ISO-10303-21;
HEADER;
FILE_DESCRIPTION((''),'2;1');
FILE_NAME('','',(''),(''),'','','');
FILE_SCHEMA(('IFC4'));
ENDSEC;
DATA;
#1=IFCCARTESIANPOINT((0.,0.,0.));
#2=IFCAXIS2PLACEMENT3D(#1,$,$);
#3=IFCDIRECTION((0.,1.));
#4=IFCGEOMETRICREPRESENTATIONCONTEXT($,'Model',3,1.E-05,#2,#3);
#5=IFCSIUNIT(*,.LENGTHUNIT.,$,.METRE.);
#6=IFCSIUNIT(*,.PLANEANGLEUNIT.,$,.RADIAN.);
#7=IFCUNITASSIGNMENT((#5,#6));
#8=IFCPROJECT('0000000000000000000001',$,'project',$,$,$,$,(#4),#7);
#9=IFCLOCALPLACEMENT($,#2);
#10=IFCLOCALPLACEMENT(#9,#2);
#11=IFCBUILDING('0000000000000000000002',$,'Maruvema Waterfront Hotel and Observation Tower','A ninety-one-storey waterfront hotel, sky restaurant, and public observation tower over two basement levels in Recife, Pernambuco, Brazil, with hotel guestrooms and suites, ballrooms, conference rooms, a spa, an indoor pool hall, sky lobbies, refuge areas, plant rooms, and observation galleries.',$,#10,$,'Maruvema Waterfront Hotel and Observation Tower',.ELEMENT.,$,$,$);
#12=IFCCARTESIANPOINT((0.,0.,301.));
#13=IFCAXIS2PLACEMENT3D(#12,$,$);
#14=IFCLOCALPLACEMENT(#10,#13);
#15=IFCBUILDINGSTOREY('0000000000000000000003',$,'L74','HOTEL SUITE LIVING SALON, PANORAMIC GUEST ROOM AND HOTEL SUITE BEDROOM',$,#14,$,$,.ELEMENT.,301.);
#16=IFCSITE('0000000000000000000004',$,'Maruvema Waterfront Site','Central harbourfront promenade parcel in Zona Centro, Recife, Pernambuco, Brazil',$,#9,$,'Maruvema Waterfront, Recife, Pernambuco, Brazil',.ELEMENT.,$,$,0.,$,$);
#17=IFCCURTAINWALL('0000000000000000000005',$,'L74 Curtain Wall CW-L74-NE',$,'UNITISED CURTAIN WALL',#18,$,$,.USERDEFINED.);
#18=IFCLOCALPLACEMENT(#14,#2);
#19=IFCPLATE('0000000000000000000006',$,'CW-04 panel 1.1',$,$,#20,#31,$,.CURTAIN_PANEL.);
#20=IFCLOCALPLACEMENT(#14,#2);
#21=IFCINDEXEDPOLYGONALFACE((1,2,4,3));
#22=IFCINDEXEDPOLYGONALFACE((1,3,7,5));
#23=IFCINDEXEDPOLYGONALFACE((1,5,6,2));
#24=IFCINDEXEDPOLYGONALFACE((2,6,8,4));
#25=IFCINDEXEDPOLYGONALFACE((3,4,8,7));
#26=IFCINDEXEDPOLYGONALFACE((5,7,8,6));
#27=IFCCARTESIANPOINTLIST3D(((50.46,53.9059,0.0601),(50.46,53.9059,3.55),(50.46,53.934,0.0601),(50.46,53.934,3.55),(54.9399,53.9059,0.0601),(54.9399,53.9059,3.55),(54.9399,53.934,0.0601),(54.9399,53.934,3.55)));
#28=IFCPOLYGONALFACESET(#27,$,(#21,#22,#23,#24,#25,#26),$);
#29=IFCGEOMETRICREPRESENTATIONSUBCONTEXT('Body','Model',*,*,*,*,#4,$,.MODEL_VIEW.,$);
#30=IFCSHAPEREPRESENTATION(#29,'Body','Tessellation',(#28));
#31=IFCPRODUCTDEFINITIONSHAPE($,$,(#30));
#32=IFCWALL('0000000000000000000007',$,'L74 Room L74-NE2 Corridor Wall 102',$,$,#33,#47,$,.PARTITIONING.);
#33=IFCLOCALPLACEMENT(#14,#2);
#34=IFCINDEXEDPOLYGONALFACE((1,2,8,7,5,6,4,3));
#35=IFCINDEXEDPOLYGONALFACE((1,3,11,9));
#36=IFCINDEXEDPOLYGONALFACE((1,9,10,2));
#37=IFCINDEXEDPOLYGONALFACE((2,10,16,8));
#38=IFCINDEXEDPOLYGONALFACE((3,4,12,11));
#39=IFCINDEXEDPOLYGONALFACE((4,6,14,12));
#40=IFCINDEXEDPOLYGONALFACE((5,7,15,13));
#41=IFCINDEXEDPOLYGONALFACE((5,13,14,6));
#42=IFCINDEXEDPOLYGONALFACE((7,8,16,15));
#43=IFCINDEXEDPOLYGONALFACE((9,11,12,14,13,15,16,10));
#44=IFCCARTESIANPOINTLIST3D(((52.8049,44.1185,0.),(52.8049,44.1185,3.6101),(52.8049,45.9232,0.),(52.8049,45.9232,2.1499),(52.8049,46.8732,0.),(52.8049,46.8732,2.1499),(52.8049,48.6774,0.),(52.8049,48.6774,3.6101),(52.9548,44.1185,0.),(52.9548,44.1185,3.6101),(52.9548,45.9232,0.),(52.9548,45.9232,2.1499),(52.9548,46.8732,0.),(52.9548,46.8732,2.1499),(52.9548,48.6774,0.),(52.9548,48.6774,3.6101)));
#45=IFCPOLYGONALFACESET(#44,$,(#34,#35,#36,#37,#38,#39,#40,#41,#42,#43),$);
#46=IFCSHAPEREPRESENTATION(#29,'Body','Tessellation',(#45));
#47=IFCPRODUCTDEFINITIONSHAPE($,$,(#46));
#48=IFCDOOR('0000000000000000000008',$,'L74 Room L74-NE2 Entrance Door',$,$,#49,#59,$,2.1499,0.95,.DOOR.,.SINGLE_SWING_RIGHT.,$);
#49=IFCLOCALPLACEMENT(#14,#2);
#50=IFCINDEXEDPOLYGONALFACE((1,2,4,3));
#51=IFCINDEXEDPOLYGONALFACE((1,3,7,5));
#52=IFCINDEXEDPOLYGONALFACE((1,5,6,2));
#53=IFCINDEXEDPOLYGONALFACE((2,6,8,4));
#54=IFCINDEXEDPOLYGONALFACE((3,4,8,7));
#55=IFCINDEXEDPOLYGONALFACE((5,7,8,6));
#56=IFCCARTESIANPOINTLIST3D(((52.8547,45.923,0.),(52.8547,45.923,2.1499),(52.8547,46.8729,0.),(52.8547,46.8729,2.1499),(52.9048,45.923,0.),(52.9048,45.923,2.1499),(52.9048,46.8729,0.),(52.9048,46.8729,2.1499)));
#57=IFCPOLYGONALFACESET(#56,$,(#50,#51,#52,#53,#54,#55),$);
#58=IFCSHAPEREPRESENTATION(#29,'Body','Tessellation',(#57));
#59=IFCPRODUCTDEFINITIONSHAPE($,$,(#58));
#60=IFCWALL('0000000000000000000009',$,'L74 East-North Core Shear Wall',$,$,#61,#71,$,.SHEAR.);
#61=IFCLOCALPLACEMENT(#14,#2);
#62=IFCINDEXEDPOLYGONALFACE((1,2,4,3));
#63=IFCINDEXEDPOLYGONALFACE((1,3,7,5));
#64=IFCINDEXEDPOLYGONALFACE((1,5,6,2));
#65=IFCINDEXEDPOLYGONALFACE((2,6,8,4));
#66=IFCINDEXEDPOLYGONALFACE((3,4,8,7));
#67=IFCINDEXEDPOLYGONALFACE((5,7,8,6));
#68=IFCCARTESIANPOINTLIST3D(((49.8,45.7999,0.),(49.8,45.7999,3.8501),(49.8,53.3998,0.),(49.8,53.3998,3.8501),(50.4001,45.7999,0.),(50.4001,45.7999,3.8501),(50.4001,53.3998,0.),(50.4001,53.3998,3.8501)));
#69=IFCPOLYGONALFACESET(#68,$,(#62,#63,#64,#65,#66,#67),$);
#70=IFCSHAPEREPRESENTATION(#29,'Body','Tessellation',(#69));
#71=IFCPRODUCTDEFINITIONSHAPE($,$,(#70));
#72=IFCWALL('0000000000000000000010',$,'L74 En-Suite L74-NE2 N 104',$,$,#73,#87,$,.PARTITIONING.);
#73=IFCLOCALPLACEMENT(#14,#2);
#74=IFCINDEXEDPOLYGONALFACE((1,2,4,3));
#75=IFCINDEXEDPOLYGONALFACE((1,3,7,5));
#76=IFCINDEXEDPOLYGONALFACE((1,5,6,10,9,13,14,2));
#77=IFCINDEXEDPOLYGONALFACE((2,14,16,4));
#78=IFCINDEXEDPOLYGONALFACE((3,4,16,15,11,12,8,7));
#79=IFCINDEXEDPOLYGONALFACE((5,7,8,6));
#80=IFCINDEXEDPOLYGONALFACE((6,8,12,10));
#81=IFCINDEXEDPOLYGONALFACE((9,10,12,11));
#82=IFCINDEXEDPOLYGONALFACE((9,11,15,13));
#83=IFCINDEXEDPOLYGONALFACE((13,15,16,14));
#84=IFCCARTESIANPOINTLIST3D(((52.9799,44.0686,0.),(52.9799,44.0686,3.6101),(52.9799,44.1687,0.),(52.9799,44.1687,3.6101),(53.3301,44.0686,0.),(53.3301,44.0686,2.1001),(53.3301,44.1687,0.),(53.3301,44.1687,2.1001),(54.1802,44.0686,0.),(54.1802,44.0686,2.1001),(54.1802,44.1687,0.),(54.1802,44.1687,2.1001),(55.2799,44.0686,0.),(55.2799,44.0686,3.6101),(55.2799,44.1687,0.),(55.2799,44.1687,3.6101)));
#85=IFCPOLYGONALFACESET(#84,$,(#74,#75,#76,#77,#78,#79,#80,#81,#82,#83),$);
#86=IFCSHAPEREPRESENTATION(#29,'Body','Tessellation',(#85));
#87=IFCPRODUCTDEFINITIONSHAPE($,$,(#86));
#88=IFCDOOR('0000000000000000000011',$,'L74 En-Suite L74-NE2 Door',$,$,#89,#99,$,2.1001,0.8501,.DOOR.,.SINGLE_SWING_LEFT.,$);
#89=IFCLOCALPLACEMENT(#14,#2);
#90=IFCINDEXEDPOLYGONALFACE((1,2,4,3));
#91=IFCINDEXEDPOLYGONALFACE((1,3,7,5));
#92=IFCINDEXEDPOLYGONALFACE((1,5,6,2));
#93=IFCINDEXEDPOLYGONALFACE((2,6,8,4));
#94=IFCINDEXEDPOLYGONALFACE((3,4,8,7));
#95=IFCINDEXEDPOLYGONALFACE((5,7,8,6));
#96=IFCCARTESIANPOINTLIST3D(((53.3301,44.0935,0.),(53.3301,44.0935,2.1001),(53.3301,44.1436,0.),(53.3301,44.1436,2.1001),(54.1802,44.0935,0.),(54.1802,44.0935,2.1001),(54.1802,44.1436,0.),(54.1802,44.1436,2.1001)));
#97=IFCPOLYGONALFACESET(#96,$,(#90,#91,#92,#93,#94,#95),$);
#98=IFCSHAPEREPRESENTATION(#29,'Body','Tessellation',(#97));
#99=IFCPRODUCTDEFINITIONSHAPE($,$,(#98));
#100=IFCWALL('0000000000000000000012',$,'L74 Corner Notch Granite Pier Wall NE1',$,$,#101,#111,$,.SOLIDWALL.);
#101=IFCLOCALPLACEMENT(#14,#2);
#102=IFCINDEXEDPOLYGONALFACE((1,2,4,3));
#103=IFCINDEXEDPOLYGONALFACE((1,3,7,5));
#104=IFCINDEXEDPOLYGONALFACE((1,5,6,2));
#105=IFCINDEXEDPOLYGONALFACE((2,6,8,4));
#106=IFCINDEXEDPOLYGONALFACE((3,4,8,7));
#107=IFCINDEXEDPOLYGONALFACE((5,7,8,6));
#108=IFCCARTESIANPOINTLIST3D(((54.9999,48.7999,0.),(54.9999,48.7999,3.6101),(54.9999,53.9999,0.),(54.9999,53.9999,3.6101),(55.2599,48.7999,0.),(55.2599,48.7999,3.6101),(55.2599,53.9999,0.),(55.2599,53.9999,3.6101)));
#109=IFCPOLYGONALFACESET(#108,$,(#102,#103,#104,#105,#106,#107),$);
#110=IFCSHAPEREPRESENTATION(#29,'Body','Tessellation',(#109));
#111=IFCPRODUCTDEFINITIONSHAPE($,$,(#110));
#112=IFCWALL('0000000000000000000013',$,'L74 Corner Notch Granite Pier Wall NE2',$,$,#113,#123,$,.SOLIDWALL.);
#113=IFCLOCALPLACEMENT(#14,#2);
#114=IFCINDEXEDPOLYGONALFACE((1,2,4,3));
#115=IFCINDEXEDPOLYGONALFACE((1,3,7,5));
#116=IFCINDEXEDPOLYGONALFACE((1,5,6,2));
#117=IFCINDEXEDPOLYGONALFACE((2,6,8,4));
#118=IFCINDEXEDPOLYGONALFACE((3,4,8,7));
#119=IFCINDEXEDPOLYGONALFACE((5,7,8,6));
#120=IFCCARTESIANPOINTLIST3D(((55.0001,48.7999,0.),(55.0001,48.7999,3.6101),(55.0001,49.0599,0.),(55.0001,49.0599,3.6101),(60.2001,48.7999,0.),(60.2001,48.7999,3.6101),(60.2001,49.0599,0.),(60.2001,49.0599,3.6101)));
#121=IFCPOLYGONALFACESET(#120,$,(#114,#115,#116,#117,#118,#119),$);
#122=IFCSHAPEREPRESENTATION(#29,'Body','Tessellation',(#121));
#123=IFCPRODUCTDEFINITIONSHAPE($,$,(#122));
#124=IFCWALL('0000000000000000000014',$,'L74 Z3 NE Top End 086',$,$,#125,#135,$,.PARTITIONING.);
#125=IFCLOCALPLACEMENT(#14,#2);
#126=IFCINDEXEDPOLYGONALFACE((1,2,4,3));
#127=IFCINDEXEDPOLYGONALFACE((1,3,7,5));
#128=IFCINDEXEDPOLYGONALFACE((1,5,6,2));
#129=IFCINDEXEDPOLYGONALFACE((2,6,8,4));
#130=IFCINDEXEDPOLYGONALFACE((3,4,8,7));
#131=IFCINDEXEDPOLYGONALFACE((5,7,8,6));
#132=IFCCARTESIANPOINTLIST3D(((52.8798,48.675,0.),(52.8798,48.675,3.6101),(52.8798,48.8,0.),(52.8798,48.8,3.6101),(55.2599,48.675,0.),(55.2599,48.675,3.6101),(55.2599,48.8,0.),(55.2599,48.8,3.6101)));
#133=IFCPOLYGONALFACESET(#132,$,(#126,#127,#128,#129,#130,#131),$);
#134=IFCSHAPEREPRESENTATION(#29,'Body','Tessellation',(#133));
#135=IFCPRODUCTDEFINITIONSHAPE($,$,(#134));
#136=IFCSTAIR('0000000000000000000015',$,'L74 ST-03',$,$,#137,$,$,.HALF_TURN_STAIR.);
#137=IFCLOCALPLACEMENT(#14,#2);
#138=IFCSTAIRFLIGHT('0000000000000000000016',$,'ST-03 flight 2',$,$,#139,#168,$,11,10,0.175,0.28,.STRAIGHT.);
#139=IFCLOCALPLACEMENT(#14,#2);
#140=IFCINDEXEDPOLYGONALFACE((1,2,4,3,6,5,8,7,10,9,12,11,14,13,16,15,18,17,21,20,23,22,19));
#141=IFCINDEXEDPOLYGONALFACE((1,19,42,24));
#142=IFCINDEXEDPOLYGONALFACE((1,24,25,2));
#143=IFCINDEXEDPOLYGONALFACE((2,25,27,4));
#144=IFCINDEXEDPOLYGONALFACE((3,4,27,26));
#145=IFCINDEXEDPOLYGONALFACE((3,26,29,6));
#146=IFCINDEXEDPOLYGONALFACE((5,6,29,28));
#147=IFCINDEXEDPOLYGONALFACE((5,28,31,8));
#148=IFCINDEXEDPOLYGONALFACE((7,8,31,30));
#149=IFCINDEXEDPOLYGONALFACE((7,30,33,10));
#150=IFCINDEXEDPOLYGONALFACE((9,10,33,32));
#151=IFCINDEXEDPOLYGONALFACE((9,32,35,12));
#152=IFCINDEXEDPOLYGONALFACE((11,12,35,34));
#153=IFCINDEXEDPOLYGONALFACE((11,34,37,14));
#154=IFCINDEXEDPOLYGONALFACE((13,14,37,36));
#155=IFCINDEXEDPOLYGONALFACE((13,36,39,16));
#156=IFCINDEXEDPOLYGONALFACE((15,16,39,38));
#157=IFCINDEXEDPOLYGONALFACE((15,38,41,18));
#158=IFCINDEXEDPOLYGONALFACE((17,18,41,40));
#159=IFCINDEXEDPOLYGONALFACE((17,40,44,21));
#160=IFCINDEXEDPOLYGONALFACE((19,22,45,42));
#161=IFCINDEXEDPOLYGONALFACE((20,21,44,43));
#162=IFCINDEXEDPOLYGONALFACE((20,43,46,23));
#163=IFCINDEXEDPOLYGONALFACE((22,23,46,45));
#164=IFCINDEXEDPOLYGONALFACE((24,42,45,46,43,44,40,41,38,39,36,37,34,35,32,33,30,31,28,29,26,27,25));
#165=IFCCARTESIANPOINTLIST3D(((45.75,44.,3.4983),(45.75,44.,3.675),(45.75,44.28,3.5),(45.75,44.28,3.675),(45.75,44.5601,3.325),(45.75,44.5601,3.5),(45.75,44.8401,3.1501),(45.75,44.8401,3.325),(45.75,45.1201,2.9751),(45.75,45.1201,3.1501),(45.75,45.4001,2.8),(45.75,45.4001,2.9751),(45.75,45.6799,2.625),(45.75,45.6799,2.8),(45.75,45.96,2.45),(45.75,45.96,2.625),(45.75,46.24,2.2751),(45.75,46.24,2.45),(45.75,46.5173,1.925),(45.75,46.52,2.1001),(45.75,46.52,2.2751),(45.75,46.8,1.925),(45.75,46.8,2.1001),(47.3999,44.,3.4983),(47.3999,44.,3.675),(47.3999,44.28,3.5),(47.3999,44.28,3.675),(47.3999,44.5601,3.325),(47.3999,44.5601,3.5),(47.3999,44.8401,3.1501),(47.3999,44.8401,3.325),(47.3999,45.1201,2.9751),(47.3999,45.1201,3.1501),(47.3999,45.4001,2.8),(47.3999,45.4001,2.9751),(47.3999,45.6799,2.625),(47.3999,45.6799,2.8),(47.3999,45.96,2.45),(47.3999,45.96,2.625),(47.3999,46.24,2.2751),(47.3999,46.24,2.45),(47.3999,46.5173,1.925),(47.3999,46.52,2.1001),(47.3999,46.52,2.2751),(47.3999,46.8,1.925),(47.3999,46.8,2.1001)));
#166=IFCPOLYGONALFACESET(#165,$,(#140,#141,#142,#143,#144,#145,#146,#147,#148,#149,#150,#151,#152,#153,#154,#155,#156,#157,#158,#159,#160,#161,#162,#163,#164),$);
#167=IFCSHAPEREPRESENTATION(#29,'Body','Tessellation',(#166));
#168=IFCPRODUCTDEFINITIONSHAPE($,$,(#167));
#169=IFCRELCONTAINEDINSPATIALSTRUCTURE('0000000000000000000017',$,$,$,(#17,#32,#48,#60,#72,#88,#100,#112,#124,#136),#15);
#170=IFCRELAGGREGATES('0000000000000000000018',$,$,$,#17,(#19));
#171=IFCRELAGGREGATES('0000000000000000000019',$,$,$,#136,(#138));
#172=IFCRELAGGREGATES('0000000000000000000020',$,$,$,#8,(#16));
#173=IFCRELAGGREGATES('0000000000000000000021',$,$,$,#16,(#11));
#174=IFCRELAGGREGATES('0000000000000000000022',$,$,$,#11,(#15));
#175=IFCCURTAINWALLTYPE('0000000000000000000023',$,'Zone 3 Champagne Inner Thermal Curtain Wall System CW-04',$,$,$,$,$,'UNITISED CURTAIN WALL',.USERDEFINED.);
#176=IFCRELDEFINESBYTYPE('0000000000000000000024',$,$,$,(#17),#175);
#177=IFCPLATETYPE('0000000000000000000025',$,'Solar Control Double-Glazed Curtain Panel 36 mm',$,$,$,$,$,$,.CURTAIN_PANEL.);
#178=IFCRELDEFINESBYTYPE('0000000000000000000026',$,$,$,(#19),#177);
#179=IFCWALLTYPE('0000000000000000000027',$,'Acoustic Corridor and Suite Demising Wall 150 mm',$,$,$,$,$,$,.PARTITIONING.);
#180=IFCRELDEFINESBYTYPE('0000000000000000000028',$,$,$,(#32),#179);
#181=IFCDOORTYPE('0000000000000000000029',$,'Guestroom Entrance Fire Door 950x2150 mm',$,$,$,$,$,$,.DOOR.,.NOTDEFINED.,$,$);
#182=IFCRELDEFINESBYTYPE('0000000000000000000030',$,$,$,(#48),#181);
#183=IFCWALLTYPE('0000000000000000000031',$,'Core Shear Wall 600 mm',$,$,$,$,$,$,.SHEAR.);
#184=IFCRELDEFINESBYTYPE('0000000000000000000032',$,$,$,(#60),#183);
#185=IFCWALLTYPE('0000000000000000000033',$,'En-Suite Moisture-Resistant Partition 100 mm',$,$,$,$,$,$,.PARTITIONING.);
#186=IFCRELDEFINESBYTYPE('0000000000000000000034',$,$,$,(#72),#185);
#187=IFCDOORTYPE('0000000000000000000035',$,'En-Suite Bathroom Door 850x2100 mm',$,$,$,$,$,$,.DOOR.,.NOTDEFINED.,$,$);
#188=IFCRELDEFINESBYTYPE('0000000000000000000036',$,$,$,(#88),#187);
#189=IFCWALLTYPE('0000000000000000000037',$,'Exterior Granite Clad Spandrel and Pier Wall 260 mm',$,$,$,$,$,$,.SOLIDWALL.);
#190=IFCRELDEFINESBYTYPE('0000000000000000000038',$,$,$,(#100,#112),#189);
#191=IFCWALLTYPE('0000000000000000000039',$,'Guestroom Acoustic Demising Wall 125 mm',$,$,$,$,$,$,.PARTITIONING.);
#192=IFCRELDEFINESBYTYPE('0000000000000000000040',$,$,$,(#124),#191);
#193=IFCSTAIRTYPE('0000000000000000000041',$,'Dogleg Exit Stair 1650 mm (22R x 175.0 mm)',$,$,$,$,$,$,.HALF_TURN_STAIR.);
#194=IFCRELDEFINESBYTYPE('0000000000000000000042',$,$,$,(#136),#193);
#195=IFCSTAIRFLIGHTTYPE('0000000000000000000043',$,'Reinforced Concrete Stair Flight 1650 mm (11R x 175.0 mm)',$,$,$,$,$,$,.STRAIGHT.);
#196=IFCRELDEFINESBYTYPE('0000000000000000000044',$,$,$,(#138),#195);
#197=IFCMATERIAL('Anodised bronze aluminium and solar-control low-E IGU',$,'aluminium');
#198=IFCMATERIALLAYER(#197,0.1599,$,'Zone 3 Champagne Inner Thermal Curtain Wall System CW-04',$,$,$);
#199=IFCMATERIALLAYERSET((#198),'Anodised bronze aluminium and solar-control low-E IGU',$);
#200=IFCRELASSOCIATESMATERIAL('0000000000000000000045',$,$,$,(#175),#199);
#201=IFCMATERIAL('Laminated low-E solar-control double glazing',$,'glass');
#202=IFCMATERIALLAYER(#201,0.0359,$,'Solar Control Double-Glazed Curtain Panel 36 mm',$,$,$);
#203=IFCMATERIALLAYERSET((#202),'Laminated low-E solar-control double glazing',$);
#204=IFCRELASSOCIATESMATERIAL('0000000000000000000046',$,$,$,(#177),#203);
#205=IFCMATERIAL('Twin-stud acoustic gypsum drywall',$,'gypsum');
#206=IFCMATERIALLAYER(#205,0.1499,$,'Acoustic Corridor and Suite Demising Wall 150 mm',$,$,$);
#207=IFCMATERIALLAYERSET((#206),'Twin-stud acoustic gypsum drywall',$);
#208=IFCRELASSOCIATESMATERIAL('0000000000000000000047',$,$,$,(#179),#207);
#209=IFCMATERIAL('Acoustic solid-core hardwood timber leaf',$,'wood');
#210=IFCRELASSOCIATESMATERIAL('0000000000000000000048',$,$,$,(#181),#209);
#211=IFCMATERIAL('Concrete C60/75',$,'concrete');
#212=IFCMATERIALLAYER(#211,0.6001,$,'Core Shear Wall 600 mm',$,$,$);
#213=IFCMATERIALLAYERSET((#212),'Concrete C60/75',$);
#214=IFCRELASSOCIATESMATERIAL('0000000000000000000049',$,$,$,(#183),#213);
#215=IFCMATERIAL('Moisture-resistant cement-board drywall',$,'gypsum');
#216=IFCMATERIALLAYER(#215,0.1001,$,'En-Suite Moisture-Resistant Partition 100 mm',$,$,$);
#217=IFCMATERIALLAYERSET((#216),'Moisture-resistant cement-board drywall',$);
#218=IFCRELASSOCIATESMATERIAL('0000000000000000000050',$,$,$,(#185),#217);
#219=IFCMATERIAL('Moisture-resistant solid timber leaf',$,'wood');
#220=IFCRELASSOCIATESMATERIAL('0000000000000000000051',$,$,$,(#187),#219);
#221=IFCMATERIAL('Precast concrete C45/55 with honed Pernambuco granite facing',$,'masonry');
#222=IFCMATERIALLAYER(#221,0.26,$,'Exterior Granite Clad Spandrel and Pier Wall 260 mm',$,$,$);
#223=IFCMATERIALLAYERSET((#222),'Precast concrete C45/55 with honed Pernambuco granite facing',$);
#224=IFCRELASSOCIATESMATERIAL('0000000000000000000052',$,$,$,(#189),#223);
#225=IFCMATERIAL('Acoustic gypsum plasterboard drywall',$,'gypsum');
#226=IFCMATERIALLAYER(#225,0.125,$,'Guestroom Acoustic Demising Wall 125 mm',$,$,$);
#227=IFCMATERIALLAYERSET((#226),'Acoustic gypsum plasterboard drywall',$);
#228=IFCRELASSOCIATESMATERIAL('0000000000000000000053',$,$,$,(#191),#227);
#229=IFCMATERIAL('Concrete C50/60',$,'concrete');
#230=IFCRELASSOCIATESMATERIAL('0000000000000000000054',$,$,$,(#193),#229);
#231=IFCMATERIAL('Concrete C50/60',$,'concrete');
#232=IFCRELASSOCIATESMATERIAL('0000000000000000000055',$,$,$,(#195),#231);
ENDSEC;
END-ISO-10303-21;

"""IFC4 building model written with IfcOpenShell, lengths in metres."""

from ifc_helpers import new_model, si_unit, direction, frame, frame_2d, origin, origin_2d, place, context, subcontext, project, spatial, polyline, rectangle, outline, extrude, material, layer, layer_set, type_object, element, fill, aggregate, save


model = new_model("IFC4")

# Units and contexts
model_context = context("Model", 3, precision=1e-05, world=origin(), true_north=direction((0.0, 1.0)))
body_context = subcontext(model_context, "Body", "Model", "MODEL_VIEW")
ifc_project = project(units=[si_unit("LENGTHUNIT", "METRE"), si_unit("PLANEANGLEUNIT", "RADIAN")], contexts=[model_context])

# Site, building, storey
site_placement = place(None, origin())
site = spatial("IfcSite", under=ifc_project, at=site_placement, Name="Maruvema Waterfront Site", Description="Central harbourfront promenade parcel in Zona Centro, Recife, Pernambuco, Brazil", LongName="Maruvema Waterfront, Recife, Pernambuco, Brazil", CompositionType="ELEMENT", RefElevation=0.0)
building_placement = place(site_placement, origin())
building = spatial("IfcBuilding", under=site, at=building_placement, Name="Maruvema Waterfront Hotel and Observation Tower", Description="A ninety-one-storey waterfront hotel, sky restaurant, and public observation tower over two basement levels in Recife, Pernambuco, Brazil, with hotel guestrooms and suites, ballrooms, conference rooms, a spa, an indoor pool hall, sky lobbies, refuge areas, plant rooms, and observation galleries.", LongName="Maruvema Waterfront Hotel and Observation Tower", CompositionType="ELEMENT")
storey_placement = place(building_placement, frame((0.0, 0.0, 301.0)))
storey = spatial("IfcBuildingStorey", under=building, at=storey_placement, Name="L74", Description="HOTEL SUITE LIVING SALON, PANORAMIC GUEST ROOM AND HOTEL SUITE BEDROOM", CompositionType="ELEMENT", Elevation=301.0)

# Curtain wall
ifc_material_1 = material(Name="Anodised bronze aluminium and solar-control low-E IGU", Category="aluminium")
ifc_layer_1 = layer(ifc_material_1, 0.1599, Name="Zone 3 Champagne Inner Thermal Curtain Wall System CW-04")
ifc_layer_set_1 = layer_set([ifc_layer_1], Name="Anodised bronze aluminium and solar-control low-E IGU")
curtain_wall_type = type_object("IfcCurtainWallType", Name="Zone 3 Champagne Inner Thermal Curtain Wall System CW-04", ElementType="UNITISED CURTAIN WALL", PredefinedType="USERDEFINED", material=ifc_layer_set_1)
curtain_wall_1_placement = place(storey_placement, origin())
curtain_wall_1 = element("IfcCurtainWall", 1, at=curtain_wall_1_placement, inside=storey, type_object=curtain_wall_type, Name="L74 Curtain Wall CW-L74-NE", ObjectType="UNITISED CURTAIN WALL", PredefinedType="USERDEFINED")

# Plate
ifc_material_2 = material(Name="Laminated low-E solar-control double glazing", Category="glass")
ifc_layer_2 = layer(ifc_material_2, 0.0359, Name="Solar Control Double-Glazed Curtain Panel 36 mm")
ifc_layer_set_2 = layer_set([ifc_layer_2], Name="Laminated low-E solar-control double glazing")
plate_type = type_object("IfcPlateType", Name="Solar Control Double-Glazed Curtain Panel 36 mm", PredefinedType="CURTAIN_PANEL", material=ifc_layer_set_2)
plate_1_placement = place(storey_placement, frame((52.7, 53.9199, 0.0601), z_axis=(0.0, 0.0, 1.0), x_axis=(-1.0, 0.0, 0.0)))
plate_1 = element("IfcPlate", 2, at=plate_1_placement, type_object=plate_type, Name="CW-04 panel 1.1", PredefinedType="CURTAIN_PANEL", context=body_context, shape_type="SweptSolid", body=[
    extrude(rectangle(XDim=4.48, YDim=0.0281, at=origin_2d()), origin(), (0.0, 0.0, 1.0), 3.49),
])
aggregate(curtain_wall_1, [plate_1])

# Wall, opening, door
ifc_material_3 = material(Name="Twin-stud acoustic gypsum drywall", Category="gypsum")
ifc_layer_3 = layer(ifc_material_3, 0.1499, Name="Acoustic Corridor and Suite Demising Wall 150 mm")
ifc_layer_set_3 = layer_set([ifc_layer_3], Name="Twin-stud acoustic gypsum drywall")
wall_type_1 = type_object("IfcWallType", Name="Acoustic Corridor and Suite Demising Wall 150 mm", PredefinedType="PARTITIONING", material=ifc_layer_set_3)
wall_1_placement = place(storey_placement, frame((52.8799, 44.1187, 0.0), z_axis=(0.0, 0.0, 1.0), x_axis=(0.0, 1.0, 0.0)))
wall_1 = element("IfcWall", 3, at=wall_1_placement, inside=storey, type_object=wall_type_1, Name="L74 Room L74-NE2 Corridor Wall 102", PredefinedType="PARTITIONING", context=body_context, shape_type="SweptSolid", body=[
    extrude(rectangle(XDim=4.5588, YDim=0.1499, at=frame_2d((2.2793, 0.0))), origin(), (0.0, 0.0, 1.0), 3.6101),
])
opening_1_placement = place(wall_1_placement, frame((1.8044, 0.0, 0.0)))
opening_1 = element("IfcOpeningElement", 4, at=opening_1_placement, cuts=wall_1, PredefinedType="OPENING", context=body_context, shape_type="SweptSolid", body=[
    extrude(rectangle(XDim=0.95, YDim=2.1499, at=frame_2d((0.4751, 1.075))), frame((0.0, 0.085, 0.0), z_axis=(0.0, -1.0, 0.0), x_axis=(1.0, 0.0, 0.0)), (0.0, 0.0, 1.0), 0.1699),
])
ifc_material_4 = material(Name="Acoustic solid-core hardwood timber leaf", Category="wood")
door_type_1 = type_object("IfcDoorType", Name="Guestroom Entrance Fire Door 950x2150 mm", OperationType="NOTDEFINED", PredefinedType="DOOR", material=ifc_material_4)
door_1_placement = place(opening_1_placement, frame((0.95, 0.0, 0.0), z_axis=(0.0, 0.0, 1.0), x_axis=(-1.0, 0.0, 0.0)))
door_1 = element("IfcDoor", 5, at=door_1_placement, inside=storey, type_object=door_type_1, Name="L74 Room L74-NE2 Entrance Door", OperationType="SINGLE_SWING_RIGHT", OverallHeight=2.1499, OverallWidth=0.95, PredefinedType="DOOR", context=body_context, shape_type="SweptSolid", body=[
    extrude(rectangle(XDim=0.95, YDim=2.1499, at=frame_2d((0.4751, 1.075))), frame((0.0, 0.0249, 0.0), z_axis=(0.0, -1.0, 0.0), x_axis=(1.0, 0.0, 0.0)), (0.0, 0.0, 1.0), 0.05),
])
fill(opening_1, door_1)

# Wall
ifc_material_5 = material(Name="Concrete C60/75", Category="concrete")
ifc_layer_4 = layer(ifc_material_5, 0.6001, Name="Core Shear Wall 600 mm")
ifc_layer_set_4 = layer_set([ifc_layer_4], Name="Concrete C60/75")
wall_type_2 = type_object("IfcWallType", Name="Core Shear Wall 600 mm", PredefinedType="SHEAR", material=ifc_layer_set_4)
wall_2_placement = place(storey_placement, frame((50.1001, 45.8, 0.0), z_axis=(0.0, 0.0, 1.0), x_axis=(0.0, 1.0, 0.0)))
element("IfcWall", 6, at=wall_2_placement, inside=storey, type_object=wall_type_2, Name="L74 East-North Core Shear Wall", PredefinedType="SHEAR", context=body_context, shape_type="SweptSolid", body=[
    extrude(rectangle(XDim=7.5999, YDim=0.6001, at=frame_2d((3.7998, 0.0))), origin(), (0.0, 0.0, 1.0), 3.8501),
])

# Wall, opening, door
ifc_material_6 = material(Name="Moisture-resistant cement-board drywall", Category="gypsum")
ifc_layer_5 = layer(ifc_material_6, 0.1001, Name="En-Suite Moisture-Resistant Partition 100 mm")
ifc_layer_set_5 = layer_set([ifc_layer_5], Name="Moisture-resistant cement-board drywall")
wall_type_3 = type_object("IfcWallType", Name="En-Suite Moisture-Resistant Partition 100 mm", PredefinedType="PARTITIONING", material=ifc_layer_set_5)
wall_3_placement = place(storey_placement, frame((52.98, 44.1187, 0.0), z_axis=(0.0, 0.0, 1.0), x_axis=(1.0, 0.0, 0.0)))
wall_3 = element("IfcWall", 7, at=wall_3_placement, inside=storey, type_object=wall_type_3, Name="L74 En-Suite L74-NE2 N 104", PredefinedType="PARTITIONING", context=body_context, shape_type="SweptSolid", body=[
    extrude(rectangle(XDim=2.3, YDim=0.1001, at=frame_2d((1.1499, 0.0))), origin(), (0.0, 0.0, 1.0), 3.6101),
])
opening_2_placement = place(wall_3_placement, frame((0.3501, 0.0, 0.0)))
opening_2 = element("IfcOpeningElement", 8, at=opening_2_placement, cuts=wall_3, PredefinedType="OPENING", context=body_context, shape_type="SweptSolid", body=[
    extrude(rectangle(XDim=0.8501, YDim=2.1001, at=frame_2d((0.425, 1.05))), frame((0.0, 0.0601, 0.0), z_axis=(0.0, -1.0, 0.0), x_axis=(1.0, 0.0, 0.0)), (0.0, 0.0, 1.0), 0.1201),
])
ifc_material_7 = material(Name="Moisture-resistant solid timber leaf", Category="wood")
door_type_2 = type_object("IfcDoorType", Name="En-Suite Bathroom Door 850x2100 mm", OperationType="NOTDEFINED", PredefinedType="DOOR", material=ifc_material_7)
door_2_placement = place(opening_2_placement, origin())
door_2 = element("IfcDoor", 9, at=door_2_placement, inside=storey, type_object=door_type_2, Name="L74 En-Suite L74-NE2 Door", OperationType="SINGLE_SWING_LEFT", OverallHeight=2.1001, OverallWidth=0.8501, PredefinedType="DOOR", context=body_context, shape_type="SweptSolid", body=[
    extrude(rectangle(XDim=0.8501, YDim=2.1001, at=frame_2d((0.425, 1.05))), frame((0.0, 0.0249, 0.0), z_axis=(0.0, -1.0, 0.0), x_axis=(1.0, 0.0, 0.0)), (0.0, 0.0, 1.0), 0.05),
])
fill(opening_2, door_2)

# Walls
ifc_material_8 = material(Name="Precast concrete C45/55 with honed Pernambuco granite facing", Category="masonry")
ifc_layer_6 = layer(ifc_material_8, 0.26, Name="Exterior Granite Clad Spandrel and Pier Wall 260 mm")
ifc_layer_set_6 = layer_set([ifc_layer_6], Name="Precast concrete C45/55 with honed Pernambuco granite facing")
wall_type_4 = type_object("IfcWallType", Name="Exterior Granite Clad Spandrel and Pier Wall 260 mm", PredefinedType="SOLIDWALL", material=ifc_layer_set_6)
for number, where, z_axis, x_axis, name in (
    (10, (55.1299, 54.0, 0.0), (0.0, 0.0, 1.0), (0.0, -1.0, 0.0), "L74 Corner Notch Granite Pier Wall NE1"),
    (11, (55.0, 48.9299, 0.0), (0.0, 0.0, 1.0), (1.0, 0.0, 0.0), "L74 Corner Notch Granite Pier Wall NE2"),
):
    element("IfcWall", number, at=place(storey_placement, frame(where, z_axis=z_axis, x_axis=x_axis)), inside=storey, type_object=wall_type_4, Name=name, PredefinedType="SOLIDWALL", context=body_context, shape_type="SweptSolid", body=[
        extrude(rectangle(XDim=5.2, YDim=0.26, at=frame_2d((2.6001, 0.0))), origin(), (0.0, 0.0, 1.0), 3.6101),
    ])
ifc_material_9 = material(Name="Acoustic gypsum plasterboard drywall", Category="gypsum")
ifc_layer_7 = layer(ifc_material_9, 0.125, Name="Guestroom Acoustic Demising Wall 125 mm")
ifc_layer_set_7 = layer_set([ifc_layer_7], Name="Acoustic gypsum plasterboard drywall")
wall_type_5 = type_object("IfcWallType", Name="Guestroom Acoustic Demising Wall 125 mm", PredefinedType="PARTITIONING", material=ifc_layer_set_7)
wall_4_placement = place(storey_placement, frame((52.8799, 48.7375, 0.0), z_axis=(0.0, 0.0, 1.0), x_axis=(1.0, 0.0, 0.0)))
element("IfcWall", 12, at=wall_4_placement, inside=storey, type_object=wall_type_5, Name="L74 Z3 NE Top End 086", PredefinedType="PARTITIONING", context=body_context, shape_type="SweptSolid", body=[
    extrude(rectangle(XDim=2.3801, YDim=0.125, at=frame_2d((1.1899, 0.0))), origin(), (0.0, 0.0, 1.0), 3.6101),
])

# Stair, stair flight
ifc_material_10 = material(Name="Concrete C50/60", Category="concrete")
stair_type = type_object("IfcStairType", Name="Dogleg Exit Stair 1650 mm (22R x 175.0 mm)", PredefinedType="HALF_TURN_STAIR", material=ifc_material_10)
stair_placement = place(storey_placement, origin())
stair = element("IfcStair", 13, at=stair_placement, inside=storey, type_object=stair_type, Name="L74 ST-03", PredefinedType="HALF_TURN_STAIR")
ifc_material_11 = material(Name="Concrete C50/60", Category="concrete")
stair_flight_type = type_object("IfcStairFlightType", Name="Reinforced Concrete Stair Flight 1650 mm (11R x 175.0 mm)", PredefinedType="STRAIGHT", material=ifc_material_11)
stair_flight_placement = place(storey_placement, frame((46.575, 46.8, 1.925), z_axis=(0.0, 0.0, 1.0), x_axis=(0.0, -1.0, 0.0)))
stair_flight = element("IfcStairFlight", 14, at=stair_flight_placement, type_object=stair_flight_type, Name="ST-03 flight 2", NumberOfRisers=11, NumberOfTreads=10, PredefinedType="STRAIGHT", RiserHeight=0.175, TreadLength=0.28, context=body_context, shape_type="SweptSolid", body=[
    extrude(outline(polyline([(0.0, 0.0), (0.0, 0.175), (0.28, 0.175), (0.28, 0.3501), (0.5601, 0.3501), (0.5601, 0.5249), (0.8401, 0.5249), (0.8401, 0.7), (1.1201, 0.7), (1.1201, 0.875), (1.3999, 0.875), (1.3999, 1.05), (1.6799, 1.05), (1.6799, 1.2251), (1.96, 1.2251), (1.96, 1.3999), (2.24, 1.3999), (2.24, 1.575), (2.52, 1.575), (2.52, 1.75), (2.8, 1.75), (2.8, 1.925), (2.8, 1.5732), (0.2827, 0.0), (0.0, 0.0)])), frame((0.0, 0.825, 0.0), z_axis=(0.0, -1.0, 0.0), x_axis=(1.0, 0.0, 0.0)), (0.0, 0.0, 1.0), 1.6499),
])
aggregate(stair, [stair_flight])

save(model, "model.ifc")
